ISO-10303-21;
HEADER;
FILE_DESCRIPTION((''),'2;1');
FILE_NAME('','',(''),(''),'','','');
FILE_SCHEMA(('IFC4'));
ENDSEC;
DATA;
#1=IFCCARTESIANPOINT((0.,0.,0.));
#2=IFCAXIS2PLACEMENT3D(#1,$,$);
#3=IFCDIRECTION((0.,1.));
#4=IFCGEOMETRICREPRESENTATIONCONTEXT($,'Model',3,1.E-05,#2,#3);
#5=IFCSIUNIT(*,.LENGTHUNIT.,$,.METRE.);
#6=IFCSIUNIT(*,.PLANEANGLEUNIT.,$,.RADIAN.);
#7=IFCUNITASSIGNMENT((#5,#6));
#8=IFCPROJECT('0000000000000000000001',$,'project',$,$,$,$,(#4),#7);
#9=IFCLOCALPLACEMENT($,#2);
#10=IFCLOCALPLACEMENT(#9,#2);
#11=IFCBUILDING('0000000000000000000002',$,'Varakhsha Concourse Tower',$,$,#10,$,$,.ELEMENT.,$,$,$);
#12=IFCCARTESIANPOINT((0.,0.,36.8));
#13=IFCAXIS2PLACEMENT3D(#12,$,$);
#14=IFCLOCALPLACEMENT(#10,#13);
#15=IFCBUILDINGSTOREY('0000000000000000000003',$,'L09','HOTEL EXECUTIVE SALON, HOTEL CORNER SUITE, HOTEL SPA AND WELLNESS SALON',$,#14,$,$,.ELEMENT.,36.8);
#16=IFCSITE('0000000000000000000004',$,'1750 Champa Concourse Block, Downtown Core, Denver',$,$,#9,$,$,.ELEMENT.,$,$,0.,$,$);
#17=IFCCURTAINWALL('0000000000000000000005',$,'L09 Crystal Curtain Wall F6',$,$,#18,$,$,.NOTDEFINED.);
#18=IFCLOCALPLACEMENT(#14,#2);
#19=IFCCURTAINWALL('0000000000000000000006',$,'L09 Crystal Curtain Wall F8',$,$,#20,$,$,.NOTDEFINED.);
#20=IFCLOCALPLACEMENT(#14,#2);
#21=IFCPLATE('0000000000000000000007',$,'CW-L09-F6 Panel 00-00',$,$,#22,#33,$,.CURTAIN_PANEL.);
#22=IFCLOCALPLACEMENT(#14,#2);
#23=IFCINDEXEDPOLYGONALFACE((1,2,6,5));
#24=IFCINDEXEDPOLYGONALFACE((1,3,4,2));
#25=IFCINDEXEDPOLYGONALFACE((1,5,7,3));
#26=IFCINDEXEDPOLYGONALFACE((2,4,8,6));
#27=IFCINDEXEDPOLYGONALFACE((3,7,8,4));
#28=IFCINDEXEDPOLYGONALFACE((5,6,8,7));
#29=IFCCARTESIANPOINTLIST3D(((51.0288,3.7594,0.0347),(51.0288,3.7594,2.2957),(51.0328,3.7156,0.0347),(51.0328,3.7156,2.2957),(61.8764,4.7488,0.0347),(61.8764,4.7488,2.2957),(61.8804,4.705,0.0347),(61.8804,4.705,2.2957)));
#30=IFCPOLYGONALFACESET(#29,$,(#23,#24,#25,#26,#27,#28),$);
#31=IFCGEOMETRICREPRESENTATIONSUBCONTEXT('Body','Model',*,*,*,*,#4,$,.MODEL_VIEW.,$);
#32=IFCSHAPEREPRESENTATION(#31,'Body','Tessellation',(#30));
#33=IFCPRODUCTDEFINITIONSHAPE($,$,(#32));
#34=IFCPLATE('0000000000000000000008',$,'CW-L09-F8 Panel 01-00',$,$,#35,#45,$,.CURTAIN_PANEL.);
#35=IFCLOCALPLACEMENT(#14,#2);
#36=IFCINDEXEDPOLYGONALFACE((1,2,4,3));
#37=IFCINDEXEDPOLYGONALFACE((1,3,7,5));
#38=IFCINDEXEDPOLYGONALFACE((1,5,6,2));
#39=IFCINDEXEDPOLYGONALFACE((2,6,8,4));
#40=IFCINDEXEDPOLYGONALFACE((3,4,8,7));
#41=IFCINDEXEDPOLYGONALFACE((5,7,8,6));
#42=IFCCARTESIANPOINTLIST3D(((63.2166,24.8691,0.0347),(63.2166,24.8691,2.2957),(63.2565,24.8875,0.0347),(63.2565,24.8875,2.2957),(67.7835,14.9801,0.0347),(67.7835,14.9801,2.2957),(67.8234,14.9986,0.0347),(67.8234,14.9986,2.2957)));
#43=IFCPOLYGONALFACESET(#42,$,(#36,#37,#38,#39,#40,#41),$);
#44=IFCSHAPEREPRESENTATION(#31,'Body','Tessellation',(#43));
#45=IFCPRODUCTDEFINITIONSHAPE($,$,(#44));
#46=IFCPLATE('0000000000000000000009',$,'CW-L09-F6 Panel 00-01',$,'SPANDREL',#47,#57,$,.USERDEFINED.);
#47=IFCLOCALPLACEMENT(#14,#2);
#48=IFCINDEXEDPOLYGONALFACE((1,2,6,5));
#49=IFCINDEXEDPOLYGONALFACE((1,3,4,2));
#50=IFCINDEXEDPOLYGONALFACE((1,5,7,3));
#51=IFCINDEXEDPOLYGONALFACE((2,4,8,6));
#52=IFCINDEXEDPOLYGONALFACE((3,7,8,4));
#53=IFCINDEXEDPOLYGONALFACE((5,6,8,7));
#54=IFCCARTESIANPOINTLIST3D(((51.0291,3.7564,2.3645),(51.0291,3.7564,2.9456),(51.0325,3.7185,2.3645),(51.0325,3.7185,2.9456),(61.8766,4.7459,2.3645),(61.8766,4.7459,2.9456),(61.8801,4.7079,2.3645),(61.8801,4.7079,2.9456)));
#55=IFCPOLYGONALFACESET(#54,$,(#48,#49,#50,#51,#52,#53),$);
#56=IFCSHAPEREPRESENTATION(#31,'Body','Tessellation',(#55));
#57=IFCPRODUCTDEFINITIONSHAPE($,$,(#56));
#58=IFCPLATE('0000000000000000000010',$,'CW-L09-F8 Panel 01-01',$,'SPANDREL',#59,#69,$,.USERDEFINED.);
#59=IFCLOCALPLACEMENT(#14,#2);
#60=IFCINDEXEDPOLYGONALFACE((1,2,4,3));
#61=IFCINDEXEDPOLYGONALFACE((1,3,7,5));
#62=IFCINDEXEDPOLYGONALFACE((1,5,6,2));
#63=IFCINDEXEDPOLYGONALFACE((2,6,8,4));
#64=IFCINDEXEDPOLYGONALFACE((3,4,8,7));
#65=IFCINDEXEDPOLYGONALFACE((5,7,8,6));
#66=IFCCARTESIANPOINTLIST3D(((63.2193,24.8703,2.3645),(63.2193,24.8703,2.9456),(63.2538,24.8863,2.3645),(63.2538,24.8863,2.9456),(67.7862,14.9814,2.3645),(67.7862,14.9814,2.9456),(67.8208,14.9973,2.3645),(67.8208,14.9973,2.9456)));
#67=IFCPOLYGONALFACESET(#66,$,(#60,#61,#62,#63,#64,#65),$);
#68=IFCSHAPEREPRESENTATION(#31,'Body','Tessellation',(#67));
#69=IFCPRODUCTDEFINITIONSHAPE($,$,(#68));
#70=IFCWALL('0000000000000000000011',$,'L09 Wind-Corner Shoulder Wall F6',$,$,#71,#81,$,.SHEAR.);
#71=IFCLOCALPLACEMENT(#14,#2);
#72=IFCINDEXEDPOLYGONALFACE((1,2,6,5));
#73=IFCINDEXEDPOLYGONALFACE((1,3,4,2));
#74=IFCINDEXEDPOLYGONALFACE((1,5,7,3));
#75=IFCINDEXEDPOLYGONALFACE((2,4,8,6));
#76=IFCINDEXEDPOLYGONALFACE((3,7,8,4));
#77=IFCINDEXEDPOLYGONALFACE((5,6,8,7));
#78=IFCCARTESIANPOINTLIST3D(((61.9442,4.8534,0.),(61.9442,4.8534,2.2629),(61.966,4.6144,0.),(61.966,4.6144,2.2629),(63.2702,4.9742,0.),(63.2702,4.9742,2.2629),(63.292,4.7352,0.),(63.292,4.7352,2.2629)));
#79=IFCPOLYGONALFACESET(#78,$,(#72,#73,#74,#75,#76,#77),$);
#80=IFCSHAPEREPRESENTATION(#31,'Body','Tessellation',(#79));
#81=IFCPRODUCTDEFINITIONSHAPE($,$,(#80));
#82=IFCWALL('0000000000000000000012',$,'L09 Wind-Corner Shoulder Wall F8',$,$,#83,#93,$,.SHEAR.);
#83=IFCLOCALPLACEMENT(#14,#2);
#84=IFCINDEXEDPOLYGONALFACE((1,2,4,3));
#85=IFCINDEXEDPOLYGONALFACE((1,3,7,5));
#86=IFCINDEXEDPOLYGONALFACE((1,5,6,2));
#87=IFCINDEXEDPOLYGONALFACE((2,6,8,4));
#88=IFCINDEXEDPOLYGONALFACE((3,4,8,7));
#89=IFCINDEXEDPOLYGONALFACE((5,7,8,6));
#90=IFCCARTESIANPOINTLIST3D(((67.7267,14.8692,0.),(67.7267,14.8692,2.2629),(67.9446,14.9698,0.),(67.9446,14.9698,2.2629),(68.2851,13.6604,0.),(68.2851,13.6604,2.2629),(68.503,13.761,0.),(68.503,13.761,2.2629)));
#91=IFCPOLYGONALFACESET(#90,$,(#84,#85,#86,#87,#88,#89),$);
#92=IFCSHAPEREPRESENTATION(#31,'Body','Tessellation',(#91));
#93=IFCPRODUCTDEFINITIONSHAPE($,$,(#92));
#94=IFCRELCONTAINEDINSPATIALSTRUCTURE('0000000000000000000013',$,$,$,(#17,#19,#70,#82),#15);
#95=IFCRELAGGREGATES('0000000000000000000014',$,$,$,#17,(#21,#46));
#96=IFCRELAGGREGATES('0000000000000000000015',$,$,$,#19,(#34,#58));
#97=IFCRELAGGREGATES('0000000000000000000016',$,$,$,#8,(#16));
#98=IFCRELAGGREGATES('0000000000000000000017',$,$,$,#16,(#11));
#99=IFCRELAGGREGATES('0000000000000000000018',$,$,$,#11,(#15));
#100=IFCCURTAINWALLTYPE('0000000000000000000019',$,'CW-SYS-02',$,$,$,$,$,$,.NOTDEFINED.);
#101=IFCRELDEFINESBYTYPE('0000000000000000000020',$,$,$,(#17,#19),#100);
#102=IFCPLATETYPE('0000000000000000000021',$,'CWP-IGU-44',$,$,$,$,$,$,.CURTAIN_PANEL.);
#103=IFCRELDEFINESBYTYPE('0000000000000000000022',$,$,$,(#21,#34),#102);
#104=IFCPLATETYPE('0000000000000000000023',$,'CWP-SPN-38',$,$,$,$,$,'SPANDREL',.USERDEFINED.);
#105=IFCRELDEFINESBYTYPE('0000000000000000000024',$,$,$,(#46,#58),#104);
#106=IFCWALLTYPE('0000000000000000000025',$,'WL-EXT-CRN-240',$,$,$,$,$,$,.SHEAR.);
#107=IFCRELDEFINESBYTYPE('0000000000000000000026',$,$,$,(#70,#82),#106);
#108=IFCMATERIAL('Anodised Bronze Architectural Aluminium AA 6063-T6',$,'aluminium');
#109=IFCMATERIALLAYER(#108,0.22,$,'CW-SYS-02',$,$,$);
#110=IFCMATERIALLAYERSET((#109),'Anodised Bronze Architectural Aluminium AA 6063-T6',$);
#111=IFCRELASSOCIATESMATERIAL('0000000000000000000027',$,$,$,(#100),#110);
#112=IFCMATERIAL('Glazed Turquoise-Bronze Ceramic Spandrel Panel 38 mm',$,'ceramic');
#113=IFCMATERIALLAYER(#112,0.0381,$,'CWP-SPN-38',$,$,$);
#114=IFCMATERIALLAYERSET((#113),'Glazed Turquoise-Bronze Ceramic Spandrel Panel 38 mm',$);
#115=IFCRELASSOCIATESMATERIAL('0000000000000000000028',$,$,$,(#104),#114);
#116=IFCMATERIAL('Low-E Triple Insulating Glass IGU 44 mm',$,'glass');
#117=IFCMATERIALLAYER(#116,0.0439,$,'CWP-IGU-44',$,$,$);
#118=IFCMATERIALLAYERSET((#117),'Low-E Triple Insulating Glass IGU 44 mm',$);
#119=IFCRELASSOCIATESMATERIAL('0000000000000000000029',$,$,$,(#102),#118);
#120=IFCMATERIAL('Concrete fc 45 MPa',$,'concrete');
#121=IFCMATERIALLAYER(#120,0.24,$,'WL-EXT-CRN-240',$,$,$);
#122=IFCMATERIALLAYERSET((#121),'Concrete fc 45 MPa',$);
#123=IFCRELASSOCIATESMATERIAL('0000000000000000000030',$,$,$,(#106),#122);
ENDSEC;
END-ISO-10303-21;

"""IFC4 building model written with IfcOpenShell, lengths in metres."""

from ifc_helpers import new_model, si_unit, direction, frame, frame_2d, origin, origin_2d, place, context, subcontext, project, spatial, rectangle, extrude, source, transform, mapped, material, layer, layer_set, type_object, type_shapes, element, aggregate, save


model = new_model("IFC4")

# Units and contexts
model_context = context("Model", 3, precision=1e-05, world=origin(), true_north=direction((0.0, 1.0)))
body_context = subcontext(model_context, "Body", "Model", "MODEL_VIEW")
ifc_project = project(units=[si_unit("LENGTHUNIT", "METRE"), si_unit("PLANEANGLEUNIT", "RADIAN")], contexts=[model_context])

# Site, building, storey
site_placement = place(None, origin())
site = spatial("IfcSite", under=ifc_project, at=site_placement, Name="1750 Champa Concourse Block, Downtown Core, Denver", CompositionType="ELEMENT", RefElevation=0.0)
building_placement = place(site_placement, origin())
building = spatial("IfcBuilding", under=site, at=building_placement, Name="Varakhsha Concourse Tower", CompositionType="ELEMENT")
storey_placement = place(building_placement, frame((0.0, 0.0, 36.8)))
storey = spatial("IfcBuildingStorey", under=building, at=storey_placement, Name="L09", Description="HOTEL EXECUTIVE SALON, HOTEL CORNER SUITE, HOTEL SPA AND WELLNESS SALON", CompositionType="ELEMENT", Elevation=36.8)

# Curtain wall
ifc_material_1 = material(Name="Anodised Bronze Architectural Aluminium AA 6063-T6", Category="aluminium")
ifc_layer_1 = layer(ifc_material_1, 0.22, Name="CW-SYS-02")
ifc_layer_set_1 = layer_set([ifc_layer_1], Name="Anodised Bronze Architectural Aluminium AA 6063-T6")
curtain_wall_type = type_object("IfcCurtainWallType", Name="CW-SYS-02", PredefinedType="NOTDEFINED", material=ifc_layer_set_1)
curtain_wall_1_placement = place(storey_placement, origin())
curtain_wall_1 = element("IfcCurtainWall", 1, at=curtain_wall_1_placement, inside=storey, type_object=curtain_wall_type, Name="L09 Crystal Curtain Wall F6", PredefinedType="NOTDEFINED")

# Curtain wall
curtain_wall_2_placement = place(storey_placement, origin())
curtain_wall_2 = element("IfcCurtainWall", 2, at=curtain_wall_2_placement, inside=storey, type_object=curtain_wall_type, Name="L09 Crystal Curtain Wall F8", PredefinedType="NOTDEFINED")

# Plates
ifc_material_2 = material(Name="Glazed Turquoise-Bronze Ceramic Spandrel Panel 38 mm", Category="ceramic")
ifc_layer_2 = layer(ifc_material_2, 0.0381, Name="CWP-SPN-38")
ifc_layer_set_2 = layer_set([ifc_layer_2], Name="Glazed Turquoise-Bronze Ceramic Spandrel Panel 38 mm")
plate_type_1 = type_object("IfcPlateType", Name="CWP-SPN-38", ElementType="SPANDREL", PredefinedType="USERDEFINED", material=ifc_layer_set_2)
ifc_material_3 = material(Name="Low-E Triple Insulating Glass IGU 44 mm", Category="glass")
ifc_layer_3 = layer(ifc_material_3, 0.0439, Name="CWP-IGU-44")
ifc_layer_set_3 = layer_set([ifc_layer_3], Name="Low-E Triple Insulating Glass IGU 44 mm")
plate_type_2 = type_object("IfcPlateType", Name="CWP-IGU-44", PredefinedType="CURTAIN_PANEL", material=ifc_layer_set_3)
shared_shape_1 = source(origin(), body_context, "Body", "SweptSolid", [
    extrude(rectangle(XDim=10.8926, YDim=0.0439, at=origin_2d()), origin(), (0.0, 0.0, 1.0), 2.261),
])
type_shapes(plate_type_2, [shared_shape_1])
plate_1_placement = place(storey_placement, frame((56.4546, 4.2322, 0.0347), z_axis=(0.0, 0.0, 1.0), x_axis=(-0.995866, -0.090834, 0.0)))
plate_1 = element("IfcPlate", 3, at=plate_1_placement, type_object=plate_type_2, Name="CW-L09-F6 Panel 00-00", PredefinedType="CURTAIN_PANEL", context=body_context, shape_type="MappedRepresentation", body=[
    mapped(shared_shape_1, transform((0.0, 0.0, 0.0), scale=1.0)),
])
plate_2_placement = place(storey_placement, frame((65.52, 19.9338, 0.0347), z_axis=(0.0, 0.0, 1.0), x_axis=(0.41927, -0.907862, 0.0)))
plate_2 = element("IfcPlate", 4, at=plate_2_placement, type_object=plate_type_2, Name="CW-L09-F8 Panel 01-00", PredefinedType="CURTAIN_PANEL", context=body_context, shape_type="MappedRepresentation", body=[
    mapped(shared_shape_1, transform((0.0, 0.0, 0.0), scale=1.0)),
])
shared_shape_2 = source(origin(), body_context, "Body", "SweptSolid", [
    extrude(rectangle(XDim=10.8926, YDim=0.0381, at=origin_2d()), origin(), (0.0, 0.0, 1.0), 0.5811),
])
plate_3_placement = place(storey_placement, frame((56.4546, 4.2322, 2.3645), z_axis=(0.0, 0.0, 1.0), x_axis=(-0.995866, -0.090834, 0.0)))
plate_3 = element("IfcPlate", 5, at=plate_3_placement, type_object=plate_type_1, Name="CW-L09-F6 Panel 00-01", ObjectType="SPANDREL", PredefinedType="USERDEFINED", context=body_context, shape_type="MappedRepresentation", body=[
    mapped(shared_shape_2, transform((0.0, 0.0, 0.0), scale=1.0)),
])
aggregate(curtain_wall_1, [plate_1, plate_3])
plate_4_placement = place(storey_placement, frame((65.52, 19.9338, 2.3645), z_axis=(0.0, 0.0, 1.0), x_axis=(0.41927, -0.907862, 0.0)))
plate_4 = element("IfcPlate", 6, at=plate_4_placement, type_object=plate_type_1, Name="CW-L09-F8 Panel 01-01", ObjectType="SPANDREL", PredefinedType="USERDEFINED", context=body_context, shape_type="MappedRepresentation", body=[
    mapped(shared_shape_2, transform((0.0, 0.0, 0.0), scale=1.0)),
])
aggregate(curtain_wall_2, [plate_2, plate_4])

# Walls
ifc_material_4 = material(Name="Concrete fc 45 MPa", Category="concrete")
ifc_layer_4 = layer(ifc_material_4, 0.24, Name="WL-EXT-CRN-240")
ifc_layer_set_4 = layer_set([ifc_layer_4], Name="Concrete fc 45 MPa")
wall_type = type_object("IfcWallType", Name="WL-EXT-CRN-240", PredefinedType="SHEAR", material=ifc_layer_set_4)
for number, where, z_axis, x_axis, name in (
    (7, (61.9551, 4.7339, 0.0), (0.0, 0.0, 1.0), (0.995872, 0.090767, 0.0), "L09 Wind-Corner Shoulder Wall F6"),
    (8, (68.394, 13.7107, 0.0), (0.0, 0.0, 1.0), (-0.419349, 0.907825, 0.0), "L09 Wind-Corner Shoulder Wall F8"),
):
    element("IfcWall", number, at=place(storey_placement, frame(where, z_axis=z_axis, x_axis=x_axis)), inside=storey, type_object=wall_type, Name=name, PredefinedType="SHEAR", context=body_context, shape_type="SweptSolid", body=[
        extrude(rectangle(XDim=1.3315, YDim=0.24, at=frame_2d((0.6658, 0.0))), origin(), (0.0, 0.0, 1.0), 2.2629),
    ])

save(model, "model.ifc")
